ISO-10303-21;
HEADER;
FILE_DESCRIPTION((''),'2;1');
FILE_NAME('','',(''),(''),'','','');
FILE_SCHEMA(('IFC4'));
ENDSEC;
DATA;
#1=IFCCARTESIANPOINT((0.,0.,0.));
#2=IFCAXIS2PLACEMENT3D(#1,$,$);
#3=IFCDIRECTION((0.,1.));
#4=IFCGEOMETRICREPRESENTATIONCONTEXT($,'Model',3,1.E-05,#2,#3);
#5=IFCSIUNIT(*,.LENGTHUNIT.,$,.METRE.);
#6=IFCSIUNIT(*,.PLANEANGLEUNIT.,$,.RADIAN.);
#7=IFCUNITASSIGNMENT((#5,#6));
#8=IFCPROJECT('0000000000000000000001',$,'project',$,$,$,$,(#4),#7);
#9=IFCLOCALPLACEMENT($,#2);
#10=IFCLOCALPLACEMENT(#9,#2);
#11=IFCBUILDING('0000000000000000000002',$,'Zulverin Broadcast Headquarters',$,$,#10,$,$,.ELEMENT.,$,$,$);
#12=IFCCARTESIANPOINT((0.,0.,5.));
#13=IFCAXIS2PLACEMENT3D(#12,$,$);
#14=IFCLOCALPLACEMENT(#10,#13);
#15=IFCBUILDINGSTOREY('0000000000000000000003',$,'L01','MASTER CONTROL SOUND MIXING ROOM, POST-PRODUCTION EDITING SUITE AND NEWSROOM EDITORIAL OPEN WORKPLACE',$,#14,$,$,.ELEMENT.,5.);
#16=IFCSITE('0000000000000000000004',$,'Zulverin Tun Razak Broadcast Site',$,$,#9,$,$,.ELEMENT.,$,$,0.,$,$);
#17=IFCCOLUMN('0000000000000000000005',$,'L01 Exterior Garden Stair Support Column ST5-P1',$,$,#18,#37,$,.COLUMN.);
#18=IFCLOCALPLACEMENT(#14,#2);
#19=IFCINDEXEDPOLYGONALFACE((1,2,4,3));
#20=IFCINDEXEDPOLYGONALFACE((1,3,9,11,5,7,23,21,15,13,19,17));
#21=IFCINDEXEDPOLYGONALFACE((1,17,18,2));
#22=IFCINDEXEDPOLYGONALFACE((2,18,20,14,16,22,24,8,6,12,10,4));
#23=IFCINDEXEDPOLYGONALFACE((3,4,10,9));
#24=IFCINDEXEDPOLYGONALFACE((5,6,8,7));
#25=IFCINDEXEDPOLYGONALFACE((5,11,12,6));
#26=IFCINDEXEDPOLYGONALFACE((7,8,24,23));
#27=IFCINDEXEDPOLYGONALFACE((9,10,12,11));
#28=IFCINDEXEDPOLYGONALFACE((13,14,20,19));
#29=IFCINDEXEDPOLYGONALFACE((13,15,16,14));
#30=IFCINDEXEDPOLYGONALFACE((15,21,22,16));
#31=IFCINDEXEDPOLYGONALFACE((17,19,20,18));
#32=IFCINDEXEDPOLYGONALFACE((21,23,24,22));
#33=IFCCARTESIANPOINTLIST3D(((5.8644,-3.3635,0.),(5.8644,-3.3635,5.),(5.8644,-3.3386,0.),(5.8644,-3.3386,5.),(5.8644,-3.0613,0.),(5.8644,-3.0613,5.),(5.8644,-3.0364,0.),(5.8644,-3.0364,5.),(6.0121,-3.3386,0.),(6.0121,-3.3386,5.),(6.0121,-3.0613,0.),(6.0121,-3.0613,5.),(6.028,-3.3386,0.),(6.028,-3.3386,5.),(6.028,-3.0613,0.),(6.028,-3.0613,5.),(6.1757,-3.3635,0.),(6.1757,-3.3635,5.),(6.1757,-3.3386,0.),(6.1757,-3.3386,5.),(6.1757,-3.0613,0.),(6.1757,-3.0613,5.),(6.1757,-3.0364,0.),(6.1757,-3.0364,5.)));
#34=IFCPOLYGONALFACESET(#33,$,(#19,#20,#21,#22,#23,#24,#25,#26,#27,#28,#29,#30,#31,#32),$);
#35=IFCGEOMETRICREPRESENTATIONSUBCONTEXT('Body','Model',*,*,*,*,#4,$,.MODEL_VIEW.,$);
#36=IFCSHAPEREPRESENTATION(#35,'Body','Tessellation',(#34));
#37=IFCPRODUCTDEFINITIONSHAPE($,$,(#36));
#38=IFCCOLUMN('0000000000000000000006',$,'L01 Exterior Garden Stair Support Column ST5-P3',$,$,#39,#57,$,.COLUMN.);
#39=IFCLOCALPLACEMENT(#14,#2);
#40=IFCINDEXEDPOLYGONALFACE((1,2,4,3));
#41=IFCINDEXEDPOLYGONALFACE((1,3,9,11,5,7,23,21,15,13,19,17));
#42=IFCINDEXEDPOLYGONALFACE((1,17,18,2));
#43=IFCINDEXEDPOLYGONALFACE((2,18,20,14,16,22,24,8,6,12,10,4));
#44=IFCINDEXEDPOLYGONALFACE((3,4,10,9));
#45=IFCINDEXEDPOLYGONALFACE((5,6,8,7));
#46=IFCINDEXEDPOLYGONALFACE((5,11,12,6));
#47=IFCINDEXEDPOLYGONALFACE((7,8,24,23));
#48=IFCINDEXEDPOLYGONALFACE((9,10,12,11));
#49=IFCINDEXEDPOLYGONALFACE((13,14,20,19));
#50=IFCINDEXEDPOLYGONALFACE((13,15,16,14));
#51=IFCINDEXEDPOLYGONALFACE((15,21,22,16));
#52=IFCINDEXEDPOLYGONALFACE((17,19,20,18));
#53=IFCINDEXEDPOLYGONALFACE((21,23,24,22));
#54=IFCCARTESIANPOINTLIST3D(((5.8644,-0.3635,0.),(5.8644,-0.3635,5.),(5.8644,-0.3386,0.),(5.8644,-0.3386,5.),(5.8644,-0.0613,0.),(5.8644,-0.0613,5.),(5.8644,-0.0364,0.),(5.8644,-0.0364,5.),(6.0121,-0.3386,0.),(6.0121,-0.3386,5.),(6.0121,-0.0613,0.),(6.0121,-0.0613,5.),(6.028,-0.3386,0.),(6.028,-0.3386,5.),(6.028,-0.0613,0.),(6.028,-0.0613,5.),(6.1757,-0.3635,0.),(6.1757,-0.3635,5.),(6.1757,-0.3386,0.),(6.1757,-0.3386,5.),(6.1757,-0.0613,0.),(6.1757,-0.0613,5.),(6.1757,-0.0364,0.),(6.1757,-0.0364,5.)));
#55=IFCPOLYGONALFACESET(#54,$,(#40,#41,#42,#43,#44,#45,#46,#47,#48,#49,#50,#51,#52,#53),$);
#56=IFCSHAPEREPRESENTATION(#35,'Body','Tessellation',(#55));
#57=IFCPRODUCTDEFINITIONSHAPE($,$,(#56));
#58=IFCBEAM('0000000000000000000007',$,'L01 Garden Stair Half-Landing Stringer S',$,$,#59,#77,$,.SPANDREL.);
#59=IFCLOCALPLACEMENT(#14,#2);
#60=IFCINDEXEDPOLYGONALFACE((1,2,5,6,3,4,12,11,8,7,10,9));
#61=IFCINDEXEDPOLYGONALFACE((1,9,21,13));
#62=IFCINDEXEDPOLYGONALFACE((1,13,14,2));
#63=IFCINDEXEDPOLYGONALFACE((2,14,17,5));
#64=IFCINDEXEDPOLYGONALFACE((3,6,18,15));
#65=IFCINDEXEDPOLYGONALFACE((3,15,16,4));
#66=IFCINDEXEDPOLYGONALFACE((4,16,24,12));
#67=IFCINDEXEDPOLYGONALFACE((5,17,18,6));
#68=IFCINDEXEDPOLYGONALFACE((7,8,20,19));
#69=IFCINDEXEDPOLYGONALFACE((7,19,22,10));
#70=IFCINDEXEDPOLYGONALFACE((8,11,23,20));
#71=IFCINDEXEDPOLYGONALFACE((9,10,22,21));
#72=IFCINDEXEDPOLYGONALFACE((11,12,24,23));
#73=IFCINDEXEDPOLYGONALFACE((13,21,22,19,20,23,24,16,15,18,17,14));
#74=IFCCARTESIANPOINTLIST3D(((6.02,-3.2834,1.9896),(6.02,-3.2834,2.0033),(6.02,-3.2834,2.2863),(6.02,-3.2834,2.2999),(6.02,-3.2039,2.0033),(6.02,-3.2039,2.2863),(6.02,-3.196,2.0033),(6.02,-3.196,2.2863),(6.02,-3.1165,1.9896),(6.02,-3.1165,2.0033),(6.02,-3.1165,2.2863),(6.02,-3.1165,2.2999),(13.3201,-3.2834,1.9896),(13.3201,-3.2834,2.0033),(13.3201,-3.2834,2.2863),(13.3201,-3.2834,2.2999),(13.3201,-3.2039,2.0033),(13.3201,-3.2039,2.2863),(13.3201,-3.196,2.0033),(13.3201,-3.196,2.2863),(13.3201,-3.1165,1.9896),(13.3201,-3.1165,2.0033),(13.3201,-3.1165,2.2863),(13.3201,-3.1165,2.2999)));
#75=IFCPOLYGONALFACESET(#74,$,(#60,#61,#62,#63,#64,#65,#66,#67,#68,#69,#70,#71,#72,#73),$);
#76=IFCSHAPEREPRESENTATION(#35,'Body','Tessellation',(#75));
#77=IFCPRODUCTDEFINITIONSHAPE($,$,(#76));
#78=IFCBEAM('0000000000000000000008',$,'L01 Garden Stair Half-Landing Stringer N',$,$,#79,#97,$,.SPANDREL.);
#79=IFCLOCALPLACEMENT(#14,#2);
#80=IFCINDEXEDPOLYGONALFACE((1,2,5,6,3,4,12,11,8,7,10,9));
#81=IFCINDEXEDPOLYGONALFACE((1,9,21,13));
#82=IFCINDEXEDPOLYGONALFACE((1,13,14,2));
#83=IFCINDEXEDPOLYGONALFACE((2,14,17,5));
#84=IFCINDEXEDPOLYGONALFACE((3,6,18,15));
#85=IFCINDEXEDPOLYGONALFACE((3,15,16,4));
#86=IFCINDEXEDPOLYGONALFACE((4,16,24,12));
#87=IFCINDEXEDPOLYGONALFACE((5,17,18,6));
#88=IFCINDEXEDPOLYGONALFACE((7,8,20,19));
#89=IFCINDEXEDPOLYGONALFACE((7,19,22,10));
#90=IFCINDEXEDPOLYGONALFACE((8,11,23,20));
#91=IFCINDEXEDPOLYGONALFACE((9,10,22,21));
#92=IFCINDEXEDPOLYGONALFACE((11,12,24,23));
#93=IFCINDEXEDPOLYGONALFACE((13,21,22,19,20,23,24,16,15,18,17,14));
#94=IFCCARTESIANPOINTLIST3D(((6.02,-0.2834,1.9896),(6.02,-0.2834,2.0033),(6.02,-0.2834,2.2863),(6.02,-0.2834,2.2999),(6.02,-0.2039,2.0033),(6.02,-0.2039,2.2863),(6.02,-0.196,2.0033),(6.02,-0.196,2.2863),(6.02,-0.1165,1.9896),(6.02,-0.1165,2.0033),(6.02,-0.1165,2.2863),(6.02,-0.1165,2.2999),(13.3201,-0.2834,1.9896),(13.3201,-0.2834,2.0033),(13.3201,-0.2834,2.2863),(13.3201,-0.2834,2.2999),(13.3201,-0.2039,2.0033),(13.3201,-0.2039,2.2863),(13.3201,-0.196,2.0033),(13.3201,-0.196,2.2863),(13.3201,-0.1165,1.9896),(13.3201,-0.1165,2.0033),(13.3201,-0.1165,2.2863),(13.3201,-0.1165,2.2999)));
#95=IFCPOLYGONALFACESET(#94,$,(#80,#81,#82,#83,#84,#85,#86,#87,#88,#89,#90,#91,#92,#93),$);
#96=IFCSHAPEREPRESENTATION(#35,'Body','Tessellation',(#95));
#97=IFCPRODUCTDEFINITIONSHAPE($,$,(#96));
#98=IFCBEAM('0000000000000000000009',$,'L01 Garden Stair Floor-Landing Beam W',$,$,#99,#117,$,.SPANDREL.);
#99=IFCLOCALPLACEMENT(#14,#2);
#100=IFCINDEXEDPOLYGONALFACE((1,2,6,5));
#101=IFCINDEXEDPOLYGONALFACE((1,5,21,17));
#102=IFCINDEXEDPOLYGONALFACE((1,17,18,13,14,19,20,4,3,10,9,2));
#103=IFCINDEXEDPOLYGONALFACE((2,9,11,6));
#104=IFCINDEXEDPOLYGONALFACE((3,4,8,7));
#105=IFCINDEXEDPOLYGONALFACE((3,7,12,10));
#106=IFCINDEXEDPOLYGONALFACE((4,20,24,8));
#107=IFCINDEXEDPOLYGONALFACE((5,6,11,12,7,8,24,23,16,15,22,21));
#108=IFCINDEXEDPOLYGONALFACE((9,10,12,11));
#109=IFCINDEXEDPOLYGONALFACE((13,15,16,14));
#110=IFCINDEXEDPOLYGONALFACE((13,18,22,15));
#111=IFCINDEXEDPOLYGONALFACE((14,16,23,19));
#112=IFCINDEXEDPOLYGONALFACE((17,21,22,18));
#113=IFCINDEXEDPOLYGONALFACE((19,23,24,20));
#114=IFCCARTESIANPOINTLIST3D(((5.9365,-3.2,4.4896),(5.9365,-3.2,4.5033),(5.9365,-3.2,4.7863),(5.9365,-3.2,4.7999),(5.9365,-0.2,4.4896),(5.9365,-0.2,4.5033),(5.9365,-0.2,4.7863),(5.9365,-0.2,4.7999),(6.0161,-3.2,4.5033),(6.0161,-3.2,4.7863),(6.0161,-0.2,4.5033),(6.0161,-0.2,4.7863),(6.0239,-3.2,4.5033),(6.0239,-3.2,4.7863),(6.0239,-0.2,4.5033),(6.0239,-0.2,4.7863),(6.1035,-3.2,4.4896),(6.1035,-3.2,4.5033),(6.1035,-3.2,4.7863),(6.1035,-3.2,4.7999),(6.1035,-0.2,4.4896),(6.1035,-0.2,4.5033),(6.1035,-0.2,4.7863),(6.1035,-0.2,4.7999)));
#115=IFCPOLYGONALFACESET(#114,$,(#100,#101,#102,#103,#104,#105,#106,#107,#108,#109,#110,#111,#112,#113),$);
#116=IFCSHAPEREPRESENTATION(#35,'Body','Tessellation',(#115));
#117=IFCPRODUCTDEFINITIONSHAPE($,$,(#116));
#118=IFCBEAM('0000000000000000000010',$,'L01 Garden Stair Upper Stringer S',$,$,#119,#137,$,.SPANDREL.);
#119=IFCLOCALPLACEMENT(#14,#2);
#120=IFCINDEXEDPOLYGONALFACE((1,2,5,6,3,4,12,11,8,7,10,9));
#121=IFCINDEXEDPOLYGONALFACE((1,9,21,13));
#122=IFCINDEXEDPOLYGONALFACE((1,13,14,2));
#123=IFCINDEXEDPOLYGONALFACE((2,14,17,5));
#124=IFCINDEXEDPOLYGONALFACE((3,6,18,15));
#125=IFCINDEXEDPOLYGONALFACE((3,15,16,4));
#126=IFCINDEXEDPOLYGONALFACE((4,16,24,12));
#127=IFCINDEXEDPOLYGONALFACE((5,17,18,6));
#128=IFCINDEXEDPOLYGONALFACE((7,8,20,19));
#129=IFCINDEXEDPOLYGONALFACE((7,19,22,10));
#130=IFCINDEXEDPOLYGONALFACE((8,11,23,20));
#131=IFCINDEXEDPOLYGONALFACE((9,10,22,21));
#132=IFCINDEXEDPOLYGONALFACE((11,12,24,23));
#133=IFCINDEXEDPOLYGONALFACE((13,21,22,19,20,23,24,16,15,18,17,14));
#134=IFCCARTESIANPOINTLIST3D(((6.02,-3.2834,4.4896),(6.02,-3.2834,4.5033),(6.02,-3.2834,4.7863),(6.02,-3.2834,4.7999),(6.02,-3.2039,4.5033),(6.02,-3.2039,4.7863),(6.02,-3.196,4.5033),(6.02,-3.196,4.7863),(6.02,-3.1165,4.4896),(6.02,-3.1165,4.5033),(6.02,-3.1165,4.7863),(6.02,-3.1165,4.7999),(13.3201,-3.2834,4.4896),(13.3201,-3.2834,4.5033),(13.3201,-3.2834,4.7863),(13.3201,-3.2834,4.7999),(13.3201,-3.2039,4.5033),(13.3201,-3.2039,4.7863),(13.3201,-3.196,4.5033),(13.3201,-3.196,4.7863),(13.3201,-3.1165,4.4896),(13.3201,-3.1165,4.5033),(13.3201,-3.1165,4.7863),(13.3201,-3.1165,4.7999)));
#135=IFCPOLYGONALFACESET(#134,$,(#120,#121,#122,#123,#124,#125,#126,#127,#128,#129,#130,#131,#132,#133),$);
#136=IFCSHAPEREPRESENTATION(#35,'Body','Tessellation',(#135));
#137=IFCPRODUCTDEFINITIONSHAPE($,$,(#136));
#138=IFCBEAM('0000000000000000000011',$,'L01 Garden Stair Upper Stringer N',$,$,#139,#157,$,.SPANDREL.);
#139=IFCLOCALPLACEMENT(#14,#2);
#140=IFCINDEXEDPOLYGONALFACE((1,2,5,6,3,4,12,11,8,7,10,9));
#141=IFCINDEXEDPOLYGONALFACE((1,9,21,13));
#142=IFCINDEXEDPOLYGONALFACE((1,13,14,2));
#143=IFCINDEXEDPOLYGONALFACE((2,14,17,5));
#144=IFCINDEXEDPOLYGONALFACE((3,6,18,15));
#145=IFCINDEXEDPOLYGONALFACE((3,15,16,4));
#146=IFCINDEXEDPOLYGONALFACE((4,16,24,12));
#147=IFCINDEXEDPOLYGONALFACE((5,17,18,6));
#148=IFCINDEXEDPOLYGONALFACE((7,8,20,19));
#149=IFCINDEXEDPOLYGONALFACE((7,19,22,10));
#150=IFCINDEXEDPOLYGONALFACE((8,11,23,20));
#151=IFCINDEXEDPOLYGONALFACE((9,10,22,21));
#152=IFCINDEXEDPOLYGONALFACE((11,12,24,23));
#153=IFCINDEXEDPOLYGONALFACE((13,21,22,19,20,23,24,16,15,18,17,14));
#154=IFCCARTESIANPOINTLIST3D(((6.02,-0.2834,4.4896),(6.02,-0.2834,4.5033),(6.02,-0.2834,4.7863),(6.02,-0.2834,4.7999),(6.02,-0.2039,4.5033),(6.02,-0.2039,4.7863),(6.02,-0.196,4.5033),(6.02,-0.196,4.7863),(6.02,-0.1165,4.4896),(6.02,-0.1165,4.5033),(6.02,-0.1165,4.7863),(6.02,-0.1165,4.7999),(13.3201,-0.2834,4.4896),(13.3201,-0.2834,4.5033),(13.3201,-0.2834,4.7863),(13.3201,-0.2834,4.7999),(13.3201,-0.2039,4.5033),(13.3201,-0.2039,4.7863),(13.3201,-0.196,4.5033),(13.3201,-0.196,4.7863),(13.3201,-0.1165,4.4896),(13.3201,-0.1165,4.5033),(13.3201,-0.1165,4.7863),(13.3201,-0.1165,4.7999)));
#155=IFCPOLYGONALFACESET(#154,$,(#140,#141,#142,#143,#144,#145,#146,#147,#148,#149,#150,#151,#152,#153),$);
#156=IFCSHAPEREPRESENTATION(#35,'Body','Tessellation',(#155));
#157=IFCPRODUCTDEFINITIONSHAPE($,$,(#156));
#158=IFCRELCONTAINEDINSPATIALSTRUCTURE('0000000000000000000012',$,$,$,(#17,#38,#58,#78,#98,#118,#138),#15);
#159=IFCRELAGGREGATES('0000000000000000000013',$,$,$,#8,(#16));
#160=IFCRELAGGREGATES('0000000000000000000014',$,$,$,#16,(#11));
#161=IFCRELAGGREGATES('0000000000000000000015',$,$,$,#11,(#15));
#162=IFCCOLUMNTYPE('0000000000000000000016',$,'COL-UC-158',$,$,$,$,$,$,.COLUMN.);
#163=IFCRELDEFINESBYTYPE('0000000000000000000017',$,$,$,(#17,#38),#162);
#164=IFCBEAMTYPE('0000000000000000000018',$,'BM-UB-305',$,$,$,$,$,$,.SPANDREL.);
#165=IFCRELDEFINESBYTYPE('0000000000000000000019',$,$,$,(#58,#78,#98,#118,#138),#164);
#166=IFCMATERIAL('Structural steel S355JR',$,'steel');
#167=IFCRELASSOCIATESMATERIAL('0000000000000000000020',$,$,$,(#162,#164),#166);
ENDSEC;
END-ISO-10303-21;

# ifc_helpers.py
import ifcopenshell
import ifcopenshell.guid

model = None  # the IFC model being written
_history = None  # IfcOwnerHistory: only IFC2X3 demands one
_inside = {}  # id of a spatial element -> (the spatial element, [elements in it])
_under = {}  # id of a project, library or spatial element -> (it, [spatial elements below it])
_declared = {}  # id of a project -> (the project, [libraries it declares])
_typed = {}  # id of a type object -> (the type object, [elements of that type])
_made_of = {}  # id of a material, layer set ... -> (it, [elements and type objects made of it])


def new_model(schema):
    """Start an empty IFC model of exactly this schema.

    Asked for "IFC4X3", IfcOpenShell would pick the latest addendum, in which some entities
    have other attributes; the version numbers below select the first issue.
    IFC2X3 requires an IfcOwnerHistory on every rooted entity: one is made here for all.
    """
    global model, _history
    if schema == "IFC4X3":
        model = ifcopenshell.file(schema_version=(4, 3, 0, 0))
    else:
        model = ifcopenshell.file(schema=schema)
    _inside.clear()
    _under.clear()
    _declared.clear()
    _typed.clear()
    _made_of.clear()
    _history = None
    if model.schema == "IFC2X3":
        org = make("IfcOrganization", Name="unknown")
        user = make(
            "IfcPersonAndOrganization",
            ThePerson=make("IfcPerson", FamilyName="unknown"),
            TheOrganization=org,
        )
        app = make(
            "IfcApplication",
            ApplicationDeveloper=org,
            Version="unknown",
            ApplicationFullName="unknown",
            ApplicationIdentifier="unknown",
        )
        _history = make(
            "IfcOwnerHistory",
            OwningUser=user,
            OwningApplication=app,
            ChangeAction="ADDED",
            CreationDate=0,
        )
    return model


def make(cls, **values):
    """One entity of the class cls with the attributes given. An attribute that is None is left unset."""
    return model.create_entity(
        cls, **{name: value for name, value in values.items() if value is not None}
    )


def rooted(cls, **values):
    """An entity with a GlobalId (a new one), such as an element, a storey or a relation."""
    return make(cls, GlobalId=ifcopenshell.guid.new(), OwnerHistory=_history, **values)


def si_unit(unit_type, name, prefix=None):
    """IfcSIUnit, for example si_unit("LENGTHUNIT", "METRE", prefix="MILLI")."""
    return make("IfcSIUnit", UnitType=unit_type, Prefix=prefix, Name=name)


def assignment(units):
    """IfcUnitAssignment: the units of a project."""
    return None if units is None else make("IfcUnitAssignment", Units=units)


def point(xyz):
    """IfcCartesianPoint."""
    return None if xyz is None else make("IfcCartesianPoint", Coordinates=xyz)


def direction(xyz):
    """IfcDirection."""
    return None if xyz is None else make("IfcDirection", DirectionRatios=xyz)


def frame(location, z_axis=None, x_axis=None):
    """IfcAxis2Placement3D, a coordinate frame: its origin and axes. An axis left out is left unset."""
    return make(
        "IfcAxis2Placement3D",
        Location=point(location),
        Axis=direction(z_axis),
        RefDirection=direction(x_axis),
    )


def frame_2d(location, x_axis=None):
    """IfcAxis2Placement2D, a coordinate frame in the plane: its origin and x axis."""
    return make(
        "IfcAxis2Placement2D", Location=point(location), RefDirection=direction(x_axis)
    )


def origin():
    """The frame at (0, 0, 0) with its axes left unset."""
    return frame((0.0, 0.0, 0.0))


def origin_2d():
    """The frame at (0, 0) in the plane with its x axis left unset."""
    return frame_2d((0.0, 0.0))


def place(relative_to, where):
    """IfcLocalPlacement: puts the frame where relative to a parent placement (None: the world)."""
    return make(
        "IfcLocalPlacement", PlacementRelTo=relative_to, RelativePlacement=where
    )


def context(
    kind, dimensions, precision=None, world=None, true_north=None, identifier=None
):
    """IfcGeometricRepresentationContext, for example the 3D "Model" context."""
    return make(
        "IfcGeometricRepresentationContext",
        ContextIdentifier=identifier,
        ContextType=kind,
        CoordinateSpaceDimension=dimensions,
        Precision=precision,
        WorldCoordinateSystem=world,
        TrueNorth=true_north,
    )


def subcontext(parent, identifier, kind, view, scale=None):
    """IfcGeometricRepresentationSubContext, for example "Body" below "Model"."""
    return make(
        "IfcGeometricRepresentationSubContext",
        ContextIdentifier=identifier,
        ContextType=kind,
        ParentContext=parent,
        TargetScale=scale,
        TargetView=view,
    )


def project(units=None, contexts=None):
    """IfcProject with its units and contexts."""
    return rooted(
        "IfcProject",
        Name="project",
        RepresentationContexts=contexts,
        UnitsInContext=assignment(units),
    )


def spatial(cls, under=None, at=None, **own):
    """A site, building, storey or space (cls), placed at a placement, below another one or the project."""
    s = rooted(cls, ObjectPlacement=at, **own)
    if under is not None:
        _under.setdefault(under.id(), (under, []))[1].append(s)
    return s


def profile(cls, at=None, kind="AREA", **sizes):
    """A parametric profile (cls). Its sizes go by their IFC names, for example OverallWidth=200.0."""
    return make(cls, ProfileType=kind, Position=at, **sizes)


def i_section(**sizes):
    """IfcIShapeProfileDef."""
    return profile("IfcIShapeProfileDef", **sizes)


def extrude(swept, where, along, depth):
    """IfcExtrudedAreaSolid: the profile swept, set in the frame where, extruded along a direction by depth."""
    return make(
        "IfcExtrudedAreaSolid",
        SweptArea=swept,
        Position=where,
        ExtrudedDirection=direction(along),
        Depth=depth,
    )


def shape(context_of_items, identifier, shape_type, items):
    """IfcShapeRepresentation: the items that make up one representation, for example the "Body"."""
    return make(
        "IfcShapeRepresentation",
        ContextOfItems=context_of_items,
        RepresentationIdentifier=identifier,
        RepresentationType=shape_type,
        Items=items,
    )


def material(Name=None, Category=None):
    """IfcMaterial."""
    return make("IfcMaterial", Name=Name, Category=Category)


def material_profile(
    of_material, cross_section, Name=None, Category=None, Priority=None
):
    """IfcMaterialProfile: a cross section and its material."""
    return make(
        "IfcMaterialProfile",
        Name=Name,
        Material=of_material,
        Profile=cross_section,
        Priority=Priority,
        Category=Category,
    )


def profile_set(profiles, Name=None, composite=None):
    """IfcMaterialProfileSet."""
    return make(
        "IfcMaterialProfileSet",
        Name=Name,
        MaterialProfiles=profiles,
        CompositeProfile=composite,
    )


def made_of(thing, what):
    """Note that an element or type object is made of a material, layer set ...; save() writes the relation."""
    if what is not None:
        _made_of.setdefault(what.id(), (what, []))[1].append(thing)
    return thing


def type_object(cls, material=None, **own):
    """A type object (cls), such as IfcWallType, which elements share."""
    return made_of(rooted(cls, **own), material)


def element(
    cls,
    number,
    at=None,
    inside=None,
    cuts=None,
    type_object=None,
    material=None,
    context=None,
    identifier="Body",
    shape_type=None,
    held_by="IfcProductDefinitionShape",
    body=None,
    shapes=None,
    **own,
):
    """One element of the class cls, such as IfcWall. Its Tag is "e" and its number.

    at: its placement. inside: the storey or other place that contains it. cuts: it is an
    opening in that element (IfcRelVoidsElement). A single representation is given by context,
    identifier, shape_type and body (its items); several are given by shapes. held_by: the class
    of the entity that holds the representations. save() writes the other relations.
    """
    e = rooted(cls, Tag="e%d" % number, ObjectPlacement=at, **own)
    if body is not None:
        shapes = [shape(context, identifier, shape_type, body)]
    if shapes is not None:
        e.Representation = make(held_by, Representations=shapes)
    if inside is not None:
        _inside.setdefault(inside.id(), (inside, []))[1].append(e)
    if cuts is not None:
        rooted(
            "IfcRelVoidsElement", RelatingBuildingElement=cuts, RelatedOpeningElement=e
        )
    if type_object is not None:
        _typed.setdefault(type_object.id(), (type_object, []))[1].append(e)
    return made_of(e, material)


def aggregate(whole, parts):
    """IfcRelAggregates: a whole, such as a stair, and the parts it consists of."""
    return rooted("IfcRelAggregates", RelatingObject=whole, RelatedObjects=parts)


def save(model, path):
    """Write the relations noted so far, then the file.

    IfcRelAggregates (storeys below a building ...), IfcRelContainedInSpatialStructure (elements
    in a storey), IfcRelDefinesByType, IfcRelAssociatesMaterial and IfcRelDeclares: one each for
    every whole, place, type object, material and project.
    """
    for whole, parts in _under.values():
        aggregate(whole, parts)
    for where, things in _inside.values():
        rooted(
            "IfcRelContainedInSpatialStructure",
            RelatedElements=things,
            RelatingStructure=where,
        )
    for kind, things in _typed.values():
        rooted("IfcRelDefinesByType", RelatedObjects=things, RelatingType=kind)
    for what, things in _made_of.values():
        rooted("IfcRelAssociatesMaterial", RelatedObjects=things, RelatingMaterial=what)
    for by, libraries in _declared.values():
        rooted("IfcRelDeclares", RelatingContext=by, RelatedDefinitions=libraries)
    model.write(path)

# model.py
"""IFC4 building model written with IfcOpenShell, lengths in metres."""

from ifc_helpers import new_model, si_unit, direction, frame, origin, origin_2d, place, context, subcontext, project, spatial, i_section, extrude, material, material_profile, profile_set, type_object, element, save


model = new_model("IFC4")

# Units and contexts
model_context = context("Model", 3, precision=1e-05, world=origin(), true_north=direction((0.0, 1.0)))
body_context = subcontext(model_context, "Body", "Model", "MODEL_VIEW")
ifc_project = project(units=[si_unit("LENGTHUNIT", "METRE"), si_unit("PLANEANGLEUNIT", "RADIAN")], contexts=[model_context])

# Site, building, storey
site_placement = place(None, origin())
site = spatial("IfcSite", under=ifc_project, at=site_placement, Name="Zulverin Tun Razak Broadcast Site", CompositionType="ELEMENT", RefElevation=0.0)
building_placement = place(site_placement, origin())
building = spatial("IfcBuilding", under=site, at=building_placement, Name="Zulverin Broadcast Headquarters", CompositionType="ELEMENT")
storey_placement = place(building_placement, frame((0.0, 0.0, 5.0)))
storey = spatial("IfcBuildingStorey", under=building, at=storey_placement, Name="L01", Description="MASTER CONTROL SOUND MIXING ROOM, POST-PRODUCTION EDITING SUITE AND NEWSROOM EDITORIAL OPEN WORKPLACE", CompositionType="ELEMENT", Elevation=5.0)

# Columns
ifc_material_1 = material(Name="Structural steel S355JR", Category="steel")
ifc_material_profile_1 = material_profile(ifc_material_1, i_section(OverallWidth=0.3113, OverallDepth=0.3271, WebThickness=0.0159, FlangeThickness=0.0249, at=origin_2d()), Name="Structural steel S355JR", Category="steel")
ifc_profile_set_1 = profile_set([ifc_material_profile_1], Name="Structural steel S355JR")
column_type = type_object("IfcColumnType", Name="COL-UC-158", PredefinedType="COLUMN", material=ifc_profile_set_1)
for number, where, z_axis, x_axis, name in (
    (1, (6.02, -3.2, 0.0), (0.0, 0.0, 1.0), (1.0, 0.0, 0.0), "L01 Exterior Garden Stair Support Column ST5-P1"),
    (2, (6.02, -0.2, 0.0), (0.0, 0.0, 1.0), (1.0, 0.0, 0.0), "L01 Exterior Garden Stair Support Column ST5-P3"),
):
    element("IfcColumn", number, at=place(storey_placement, frame(where, z_axis=z_axis, x_axis=x_axis)), inside=storey, type_object=column_type, Name=name, PredefinedType="COLUMN", context=body_context, shape_type="SweptSolid", body=[
        extrude(i_section(OverallWidth=0.3113, OverallDepth=0.3271, WebThickness=0.0159, FlangeThickness=0.0249, at=origin_2d()), origin(), (0.0, 0.0, 1.0), 5.0),
    ])

# Beams
ifc_material_profile_2 = material_profile(ifc_material_1, i_section(OverallWidth=0.167, OverallDepth=0.3103, WebThickness=0.0078, FlangeThickness=0.0137, at=origin_2d()), Name="Structural steel S355JR", Category="steel")
ifc_profile_set_2 = profile_set([ifc_material_profile_2], Name="Structural steel S355JR")
beam_type = type_object("IfcBeamType", Name="BM-UB-305", PredefinedType="SPANDREL", material=ifc_profile_set_2)
for number, where, z_axis, x_axis, name in (
    (3, (6.02, -3.2, 2.1448), (1.0, 0.0, 0.0), (0.0, 1.0, 0.0), "L01 Garden Stair Half-Landing Stringer S"),
    (4, (6.02, -0.2, 2.1448), (1.0, 0.0, 0.0), (0.0, 1.0, 0.0), "L01 Garden Stair Half-Landing Stringer N"),
):
    element("IfcBeam", number, at=place(storey_placement, frame(where, z_axis=z_axis, x_axis=x_axis)), inside=storey, type_object=beam_type, Name=name, PredefinedType="SPANDREL", context=body_context, shape_type="SweptSolid", body=[
        extrude(i_section(OverallWidth=0.167, OverallDepth=0.3103, WebThickness=0.0078, FlangeThickness=0.0137, at=origin_2d()), origin(), (0.0, 0.0, 1.0), 7.3),
    ])
beam_placement = place(storey_placement, frame((6.02, -3.2, 4.6448), z_axis=(0.0, 1.0, 0.0), x_axis=(-1.0, 0.0, 0.0)))
element("IfcBeam", 5, at=beam_placement, inside=storey, type_object=beam_type, Name="L01 Garden Stair Floor-Landing Beam W", PredefinedType="SPANDREL", context=body_context, shape_type="SweptSolid", body=[
    extrude(i_section(OverallWidth=0.167, OverallDepth=0.3103, WebThickness=0.0078, FlangeThickness=0.0137, at=origin_2d()), origin(), (0.0, 0.0, 1.0), 3.0),
])
for number, where, z_axis, x_axis, name in (
    (6, (6.02, -3.2, 4.6448), (1.0, 0.0, 0.0), (0.0, 1.0, 0.0), "L01 Garden Stair Upper Stringer S"),
    (7, (6.02, -0.2, 4.6448), (1.0, 0.0, 0.0), (0.0, 1.0, 0.0), "L01 Garden Stair Upper Stringer N"),
):
    element("IfcBeam", number, at=place(storey_placement, frame(where, z_axis=z_axis, x_axis=x_axis)), inside=storey, type_object=beam_type, Name=name, PredefinedType="SPANDREL", context=body_context, shape_type="SweptSolid", body=[
        extrude(i_section(OverallWidth=0.167, OverallDepth=0.3103, WebThickness=0.0078, FlangeThickness=0.0137, at=origin_2d()), origin(), (0.0, 0.0, 1.0), 7.3),
    ])

save(model, "model.ifc")
